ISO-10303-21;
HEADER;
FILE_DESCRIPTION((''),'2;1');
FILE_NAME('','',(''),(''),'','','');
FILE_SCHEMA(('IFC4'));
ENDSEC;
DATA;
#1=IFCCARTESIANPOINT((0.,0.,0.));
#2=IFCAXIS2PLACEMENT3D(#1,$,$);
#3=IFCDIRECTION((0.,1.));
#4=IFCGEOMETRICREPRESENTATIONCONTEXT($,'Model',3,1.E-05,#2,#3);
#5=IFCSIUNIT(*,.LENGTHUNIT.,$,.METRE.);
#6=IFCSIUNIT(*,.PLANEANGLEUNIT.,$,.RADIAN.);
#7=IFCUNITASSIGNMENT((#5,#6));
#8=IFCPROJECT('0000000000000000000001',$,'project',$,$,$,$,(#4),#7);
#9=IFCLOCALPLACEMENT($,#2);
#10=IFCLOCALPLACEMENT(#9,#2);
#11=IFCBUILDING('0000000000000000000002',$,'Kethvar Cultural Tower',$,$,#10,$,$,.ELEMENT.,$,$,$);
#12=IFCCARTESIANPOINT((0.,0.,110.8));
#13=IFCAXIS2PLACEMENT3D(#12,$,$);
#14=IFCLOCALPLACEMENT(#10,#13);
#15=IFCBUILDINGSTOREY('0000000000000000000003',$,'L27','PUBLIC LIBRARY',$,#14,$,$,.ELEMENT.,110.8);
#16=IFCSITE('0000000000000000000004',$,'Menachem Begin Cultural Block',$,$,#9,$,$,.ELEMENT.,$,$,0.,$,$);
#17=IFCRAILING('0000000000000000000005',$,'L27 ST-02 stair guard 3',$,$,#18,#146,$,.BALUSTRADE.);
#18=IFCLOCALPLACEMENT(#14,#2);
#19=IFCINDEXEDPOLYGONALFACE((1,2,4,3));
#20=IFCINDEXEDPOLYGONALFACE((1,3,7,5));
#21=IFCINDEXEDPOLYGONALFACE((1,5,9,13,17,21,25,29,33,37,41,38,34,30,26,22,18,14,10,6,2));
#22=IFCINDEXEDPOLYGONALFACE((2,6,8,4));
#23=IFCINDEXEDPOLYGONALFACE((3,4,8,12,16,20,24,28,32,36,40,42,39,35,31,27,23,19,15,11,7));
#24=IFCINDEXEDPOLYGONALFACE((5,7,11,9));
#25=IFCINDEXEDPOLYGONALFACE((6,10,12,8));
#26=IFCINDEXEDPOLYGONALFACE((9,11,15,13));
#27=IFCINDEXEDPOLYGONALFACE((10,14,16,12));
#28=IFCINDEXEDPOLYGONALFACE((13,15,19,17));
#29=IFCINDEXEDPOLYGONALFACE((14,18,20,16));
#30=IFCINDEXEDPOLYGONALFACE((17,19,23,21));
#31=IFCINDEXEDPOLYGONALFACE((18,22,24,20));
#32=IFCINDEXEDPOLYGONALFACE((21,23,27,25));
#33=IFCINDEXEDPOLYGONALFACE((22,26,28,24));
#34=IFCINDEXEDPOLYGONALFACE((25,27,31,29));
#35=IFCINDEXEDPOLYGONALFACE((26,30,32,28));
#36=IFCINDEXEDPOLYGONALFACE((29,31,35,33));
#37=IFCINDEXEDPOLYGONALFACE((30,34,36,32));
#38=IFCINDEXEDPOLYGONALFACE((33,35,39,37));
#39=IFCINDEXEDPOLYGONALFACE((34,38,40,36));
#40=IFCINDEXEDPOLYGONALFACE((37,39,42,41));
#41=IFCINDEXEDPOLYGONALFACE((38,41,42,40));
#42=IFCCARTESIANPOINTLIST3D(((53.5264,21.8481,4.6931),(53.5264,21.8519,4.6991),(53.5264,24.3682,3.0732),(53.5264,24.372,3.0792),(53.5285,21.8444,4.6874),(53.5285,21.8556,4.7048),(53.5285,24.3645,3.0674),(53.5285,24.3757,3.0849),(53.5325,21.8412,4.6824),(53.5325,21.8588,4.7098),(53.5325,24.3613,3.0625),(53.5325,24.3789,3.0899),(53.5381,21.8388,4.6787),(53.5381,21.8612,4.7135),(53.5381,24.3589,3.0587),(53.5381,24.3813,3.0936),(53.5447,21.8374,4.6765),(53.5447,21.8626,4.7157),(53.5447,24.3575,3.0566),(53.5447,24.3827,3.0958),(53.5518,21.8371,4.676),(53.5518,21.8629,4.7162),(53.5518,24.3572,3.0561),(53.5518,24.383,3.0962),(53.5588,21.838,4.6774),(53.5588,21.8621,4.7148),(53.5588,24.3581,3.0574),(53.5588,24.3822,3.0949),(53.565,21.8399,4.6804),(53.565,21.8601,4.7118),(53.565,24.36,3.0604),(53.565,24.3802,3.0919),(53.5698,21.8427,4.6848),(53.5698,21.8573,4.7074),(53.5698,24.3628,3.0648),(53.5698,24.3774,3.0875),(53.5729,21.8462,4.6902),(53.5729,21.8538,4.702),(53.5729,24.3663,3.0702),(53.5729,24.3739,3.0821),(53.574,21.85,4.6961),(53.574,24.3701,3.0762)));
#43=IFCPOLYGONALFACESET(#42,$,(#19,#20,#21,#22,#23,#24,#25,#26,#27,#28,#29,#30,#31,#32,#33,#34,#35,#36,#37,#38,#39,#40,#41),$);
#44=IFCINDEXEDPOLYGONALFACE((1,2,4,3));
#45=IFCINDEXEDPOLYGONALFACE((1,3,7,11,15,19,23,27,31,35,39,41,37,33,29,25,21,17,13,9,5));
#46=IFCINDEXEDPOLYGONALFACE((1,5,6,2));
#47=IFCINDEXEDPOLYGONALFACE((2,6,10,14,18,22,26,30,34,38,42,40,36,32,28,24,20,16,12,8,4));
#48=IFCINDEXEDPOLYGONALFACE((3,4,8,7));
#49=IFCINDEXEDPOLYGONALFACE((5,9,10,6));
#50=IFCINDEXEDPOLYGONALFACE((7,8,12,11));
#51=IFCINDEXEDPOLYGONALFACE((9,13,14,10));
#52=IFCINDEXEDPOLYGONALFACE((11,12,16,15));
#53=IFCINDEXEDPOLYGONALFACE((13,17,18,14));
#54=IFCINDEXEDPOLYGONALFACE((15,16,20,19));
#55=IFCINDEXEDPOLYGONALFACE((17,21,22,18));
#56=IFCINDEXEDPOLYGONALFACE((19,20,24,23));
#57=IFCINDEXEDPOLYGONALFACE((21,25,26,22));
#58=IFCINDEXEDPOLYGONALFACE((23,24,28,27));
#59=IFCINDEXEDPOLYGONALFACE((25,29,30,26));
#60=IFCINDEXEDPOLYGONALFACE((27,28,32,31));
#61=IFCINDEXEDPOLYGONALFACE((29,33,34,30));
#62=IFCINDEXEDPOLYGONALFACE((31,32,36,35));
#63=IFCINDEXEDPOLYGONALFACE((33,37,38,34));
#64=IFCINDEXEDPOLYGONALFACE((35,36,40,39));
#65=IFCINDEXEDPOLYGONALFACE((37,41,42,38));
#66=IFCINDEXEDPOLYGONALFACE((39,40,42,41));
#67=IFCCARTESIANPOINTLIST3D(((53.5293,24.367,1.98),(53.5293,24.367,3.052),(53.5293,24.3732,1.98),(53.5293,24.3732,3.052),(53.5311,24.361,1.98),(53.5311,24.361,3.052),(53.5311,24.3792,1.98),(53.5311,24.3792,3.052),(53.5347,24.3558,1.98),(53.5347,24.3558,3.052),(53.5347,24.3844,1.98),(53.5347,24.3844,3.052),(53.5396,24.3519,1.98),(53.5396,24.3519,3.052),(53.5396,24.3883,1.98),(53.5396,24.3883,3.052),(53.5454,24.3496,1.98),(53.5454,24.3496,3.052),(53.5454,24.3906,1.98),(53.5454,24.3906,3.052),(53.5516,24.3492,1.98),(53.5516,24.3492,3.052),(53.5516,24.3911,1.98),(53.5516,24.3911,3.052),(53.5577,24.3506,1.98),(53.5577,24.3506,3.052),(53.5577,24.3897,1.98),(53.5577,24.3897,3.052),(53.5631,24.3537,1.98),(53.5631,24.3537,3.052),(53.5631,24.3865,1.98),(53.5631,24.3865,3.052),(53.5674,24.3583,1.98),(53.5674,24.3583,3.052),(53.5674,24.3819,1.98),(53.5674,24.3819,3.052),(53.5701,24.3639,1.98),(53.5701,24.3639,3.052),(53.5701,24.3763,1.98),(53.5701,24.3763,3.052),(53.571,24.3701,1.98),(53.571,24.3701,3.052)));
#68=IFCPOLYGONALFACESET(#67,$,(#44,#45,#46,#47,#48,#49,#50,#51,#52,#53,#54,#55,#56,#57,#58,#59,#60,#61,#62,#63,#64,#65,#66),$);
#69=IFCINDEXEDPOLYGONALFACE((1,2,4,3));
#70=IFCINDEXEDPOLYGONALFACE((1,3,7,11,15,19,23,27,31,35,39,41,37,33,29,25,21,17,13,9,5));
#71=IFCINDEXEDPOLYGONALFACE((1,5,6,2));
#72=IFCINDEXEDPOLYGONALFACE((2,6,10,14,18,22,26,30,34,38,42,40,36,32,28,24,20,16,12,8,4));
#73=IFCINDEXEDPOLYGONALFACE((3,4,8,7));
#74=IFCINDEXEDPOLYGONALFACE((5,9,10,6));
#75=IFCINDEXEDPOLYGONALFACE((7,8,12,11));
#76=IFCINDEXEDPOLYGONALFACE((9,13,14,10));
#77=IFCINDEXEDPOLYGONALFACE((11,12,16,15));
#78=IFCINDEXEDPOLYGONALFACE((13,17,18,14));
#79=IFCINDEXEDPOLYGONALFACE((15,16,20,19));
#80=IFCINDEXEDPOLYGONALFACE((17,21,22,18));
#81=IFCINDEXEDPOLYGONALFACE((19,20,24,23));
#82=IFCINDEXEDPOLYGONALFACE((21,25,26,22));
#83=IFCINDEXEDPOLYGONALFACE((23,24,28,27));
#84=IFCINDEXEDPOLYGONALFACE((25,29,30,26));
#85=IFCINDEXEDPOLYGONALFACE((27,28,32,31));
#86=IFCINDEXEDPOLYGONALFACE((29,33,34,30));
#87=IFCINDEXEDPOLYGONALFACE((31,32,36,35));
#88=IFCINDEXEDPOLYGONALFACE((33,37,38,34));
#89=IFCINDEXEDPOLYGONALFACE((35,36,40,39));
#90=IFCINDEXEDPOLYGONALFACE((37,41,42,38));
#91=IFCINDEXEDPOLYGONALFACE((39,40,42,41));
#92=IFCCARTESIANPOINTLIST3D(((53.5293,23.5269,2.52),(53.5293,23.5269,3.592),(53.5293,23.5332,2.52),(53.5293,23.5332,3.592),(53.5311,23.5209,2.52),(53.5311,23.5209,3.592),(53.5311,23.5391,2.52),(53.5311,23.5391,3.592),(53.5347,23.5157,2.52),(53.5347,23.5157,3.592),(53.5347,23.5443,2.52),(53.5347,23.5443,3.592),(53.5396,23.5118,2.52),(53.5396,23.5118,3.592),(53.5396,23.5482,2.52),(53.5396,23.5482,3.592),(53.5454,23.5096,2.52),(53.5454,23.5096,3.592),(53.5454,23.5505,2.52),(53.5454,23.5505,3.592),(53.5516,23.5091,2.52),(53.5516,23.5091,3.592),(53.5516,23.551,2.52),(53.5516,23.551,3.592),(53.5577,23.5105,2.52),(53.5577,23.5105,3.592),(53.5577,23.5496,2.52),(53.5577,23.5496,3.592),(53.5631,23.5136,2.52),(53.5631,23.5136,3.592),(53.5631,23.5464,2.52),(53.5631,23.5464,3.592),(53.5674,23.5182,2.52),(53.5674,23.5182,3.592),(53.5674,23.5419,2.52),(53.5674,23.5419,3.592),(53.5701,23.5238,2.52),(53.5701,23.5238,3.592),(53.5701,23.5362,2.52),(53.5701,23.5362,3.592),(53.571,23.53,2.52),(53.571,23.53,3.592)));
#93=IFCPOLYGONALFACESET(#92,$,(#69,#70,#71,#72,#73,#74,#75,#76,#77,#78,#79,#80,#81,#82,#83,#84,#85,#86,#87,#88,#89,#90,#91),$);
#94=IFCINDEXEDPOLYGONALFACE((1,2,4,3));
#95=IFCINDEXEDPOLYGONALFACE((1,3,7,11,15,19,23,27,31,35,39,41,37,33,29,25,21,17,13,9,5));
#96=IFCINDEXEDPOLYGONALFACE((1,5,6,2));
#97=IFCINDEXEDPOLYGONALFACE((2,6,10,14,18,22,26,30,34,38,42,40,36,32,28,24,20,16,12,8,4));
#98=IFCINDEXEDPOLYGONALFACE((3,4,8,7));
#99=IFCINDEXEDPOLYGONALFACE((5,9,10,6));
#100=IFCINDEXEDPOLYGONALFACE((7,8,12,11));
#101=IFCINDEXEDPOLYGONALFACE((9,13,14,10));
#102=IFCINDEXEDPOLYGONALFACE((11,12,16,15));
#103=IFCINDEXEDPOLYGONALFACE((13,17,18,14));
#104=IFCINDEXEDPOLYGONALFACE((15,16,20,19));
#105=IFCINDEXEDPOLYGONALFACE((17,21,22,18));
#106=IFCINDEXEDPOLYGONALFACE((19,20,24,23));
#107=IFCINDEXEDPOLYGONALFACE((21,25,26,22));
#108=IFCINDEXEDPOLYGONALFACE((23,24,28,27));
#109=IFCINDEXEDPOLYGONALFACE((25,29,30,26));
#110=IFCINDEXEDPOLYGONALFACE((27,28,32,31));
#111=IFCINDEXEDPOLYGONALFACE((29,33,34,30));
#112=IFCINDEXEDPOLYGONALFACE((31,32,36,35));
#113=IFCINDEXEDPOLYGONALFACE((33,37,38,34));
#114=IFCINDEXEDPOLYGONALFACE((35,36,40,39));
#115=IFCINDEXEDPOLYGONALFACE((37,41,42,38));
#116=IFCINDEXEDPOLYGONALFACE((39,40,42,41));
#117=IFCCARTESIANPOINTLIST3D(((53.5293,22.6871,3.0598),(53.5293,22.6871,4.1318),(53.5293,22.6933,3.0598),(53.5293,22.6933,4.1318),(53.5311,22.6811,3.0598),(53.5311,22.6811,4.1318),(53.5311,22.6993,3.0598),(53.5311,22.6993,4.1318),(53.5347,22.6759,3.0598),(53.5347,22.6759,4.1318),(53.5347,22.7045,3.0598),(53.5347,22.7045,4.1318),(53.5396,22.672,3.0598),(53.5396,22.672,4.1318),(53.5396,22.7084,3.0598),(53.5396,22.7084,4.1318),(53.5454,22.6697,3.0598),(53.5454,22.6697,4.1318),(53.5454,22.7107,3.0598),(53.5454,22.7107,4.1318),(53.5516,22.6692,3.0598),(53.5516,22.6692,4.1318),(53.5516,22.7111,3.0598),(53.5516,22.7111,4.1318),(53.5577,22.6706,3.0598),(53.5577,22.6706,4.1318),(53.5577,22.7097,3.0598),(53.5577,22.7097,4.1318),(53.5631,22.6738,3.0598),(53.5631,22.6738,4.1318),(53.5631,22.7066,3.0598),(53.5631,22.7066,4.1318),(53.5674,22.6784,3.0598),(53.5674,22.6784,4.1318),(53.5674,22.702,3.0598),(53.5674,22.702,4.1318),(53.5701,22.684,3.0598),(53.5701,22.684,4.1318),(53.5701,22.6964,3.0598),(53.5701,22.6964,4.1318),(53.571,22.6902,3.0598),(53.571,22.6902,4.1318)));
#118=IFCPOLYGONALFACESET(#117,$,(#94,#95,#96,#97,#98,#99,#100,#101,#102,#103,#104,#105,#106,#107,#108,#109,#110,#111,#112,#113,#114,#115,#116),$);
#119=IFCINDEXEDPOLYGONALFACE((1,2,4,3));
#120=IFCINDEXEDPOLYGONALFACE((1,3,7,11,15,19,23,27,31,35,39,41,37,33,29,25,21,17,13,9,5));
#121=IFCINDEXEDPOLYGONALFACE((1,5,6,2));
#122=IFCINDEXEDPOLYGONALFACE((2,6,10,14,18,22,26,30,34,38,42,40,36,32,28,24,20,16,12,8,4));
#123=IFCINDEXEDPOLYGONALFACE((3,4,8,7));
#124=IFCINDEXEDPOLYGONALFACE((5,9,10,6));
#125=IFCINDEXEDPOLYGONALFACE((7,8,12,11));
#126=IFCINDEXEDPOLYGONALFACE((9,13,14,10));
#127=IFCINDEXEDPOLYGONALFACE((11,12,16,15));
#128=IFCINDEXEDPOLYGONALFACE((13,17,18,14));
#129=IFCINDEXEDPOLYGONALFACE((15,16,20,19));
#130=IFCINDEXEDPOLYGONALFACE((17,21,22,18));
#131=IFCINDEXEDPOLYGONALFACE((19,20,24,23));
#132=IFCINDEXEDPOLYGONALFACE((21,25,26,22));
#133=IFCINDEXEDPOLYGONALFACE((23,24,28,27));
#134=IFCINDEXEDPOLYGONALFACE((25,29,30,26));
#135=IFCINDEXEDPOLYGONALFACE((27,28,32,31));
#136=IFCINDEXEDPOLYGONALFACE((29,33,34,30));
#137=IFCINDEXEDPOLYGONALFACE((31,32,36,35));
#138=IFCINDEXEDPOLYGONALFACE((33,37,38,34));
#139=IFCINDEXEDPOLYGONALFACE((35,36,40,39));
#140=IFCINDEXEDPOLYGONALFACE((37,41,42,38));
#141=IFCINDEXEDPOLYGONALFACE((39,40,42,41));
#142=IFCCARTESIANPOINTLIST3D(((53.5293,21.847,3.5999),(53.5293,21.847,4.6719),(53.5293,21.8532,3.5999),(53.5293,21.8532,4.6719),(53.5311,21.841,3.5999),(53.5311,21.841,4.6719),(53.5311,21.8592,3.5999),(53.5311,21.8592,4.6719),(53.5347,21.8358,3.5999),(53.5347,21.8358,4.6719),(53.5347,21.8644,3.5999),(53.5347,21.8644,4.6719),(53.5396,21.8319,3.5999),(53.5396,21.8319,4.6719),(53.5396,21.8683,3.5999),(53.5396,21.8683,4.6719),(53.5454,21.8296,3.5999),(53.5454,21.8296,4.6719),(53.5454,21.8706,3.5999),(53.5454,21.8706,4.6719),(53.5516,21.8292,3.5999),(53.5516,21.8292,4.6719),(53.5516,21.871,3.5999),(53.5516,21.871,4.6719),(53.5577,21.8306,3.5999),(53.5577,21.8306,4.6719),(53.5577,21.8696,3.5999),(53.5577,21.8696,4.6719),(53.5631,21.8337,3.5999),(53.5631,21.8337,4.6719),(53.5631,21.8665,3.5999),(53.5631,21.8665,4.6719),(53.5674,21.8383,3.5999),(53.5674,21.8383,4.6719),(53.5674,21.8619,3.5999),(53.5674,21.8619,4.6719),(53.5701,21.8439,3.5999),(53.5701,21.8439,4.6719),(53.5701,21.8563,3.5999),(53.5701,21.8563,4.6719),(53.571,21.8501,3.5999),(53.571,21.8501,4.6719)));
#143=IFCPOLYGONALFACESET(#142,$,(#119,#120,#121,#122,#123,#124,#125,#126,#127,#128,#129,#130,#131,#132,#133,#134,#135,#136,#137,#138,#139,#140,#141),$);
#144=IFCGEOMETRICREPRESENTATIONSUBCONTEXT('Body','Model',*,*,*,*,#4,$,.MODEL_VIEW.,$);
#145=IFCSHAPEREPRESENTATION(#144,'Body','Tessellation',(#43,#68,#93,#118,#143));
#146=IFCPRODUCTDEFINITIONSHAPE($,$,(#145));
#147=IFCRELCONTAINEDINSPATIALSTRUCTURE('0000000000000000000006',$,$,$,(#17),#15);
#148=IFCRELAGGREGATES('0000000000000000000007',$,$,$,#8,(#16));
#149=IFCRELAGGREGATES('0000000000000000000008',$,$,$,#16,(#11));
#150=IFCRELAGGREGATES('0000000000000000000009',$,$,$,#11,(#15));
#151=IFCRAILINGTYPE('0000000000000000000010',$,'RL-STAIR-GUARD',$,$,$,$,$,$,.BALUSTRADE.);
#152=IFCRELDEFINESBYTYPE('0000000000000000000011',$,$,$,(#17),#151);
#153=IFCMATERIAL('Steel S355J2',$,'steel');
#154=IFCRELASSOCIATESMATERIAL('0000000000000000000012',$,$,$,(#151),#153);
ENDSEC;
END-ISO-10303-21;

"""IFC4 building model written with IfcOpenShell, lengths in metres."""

from ifc_helpers import new_model, si_unit, direction, frame, origin, origin_2d, place, context, subcontext, project, spatial, circle, extrude, material, type_object, element, save


model = new_model("IFC4")

# Units and contexts
model_context = context("Model", 3, precision=1e-05, world=origin(), true_north=direction((0.0, 1.0)))
body_context = subcontext(model_context, "Body", "Model", "MODEL_VIEW")
ifc_project = project(units=[si_unit("LENGTHUNIT", "METRE"), si_unit("PLANEANGLEUNIT", "RADIAN")], contexts=[model_context])

# Site, building, storey
site_placement = place(None, origin())
site = spatial("IfcSite", under=ifc_project, at=site_placement, Name="Menachem Begin Cultural Block", CompositionType="ELEMENT", RefElevation=0.0)
building_placement = place(site_placement, origin())
building = spatial("IfcBuilding", under=site, at=building_placement, Name="Kethvar Cultural Tower", CompositionType="ELEMENT")
storey_placement = place(building_placement, frame((0.0, 0.0, 110.8)))
storey = spatial("IfcBuildingStorey", under=building, at=storey_placement, Name="L27", Description="PUBLIC LIBRARY", CompositionType="ELEMENT", Elevation=110.8)

# Shared definitions
ifc_material_1 = material(Name="Steel S355J2", Category="steel")

# Railing
railing_type_1 = type_object("IfcRailingType", Name="RL-STAIR-GUARD", PredefinedType="BALUSTRADE", material=ifc_material_1)
railing_1_placement = place(storey_placement, frame((53.55, 24.3701, 1.98)))
element("IfcRailing", 1, at=railing_1_placement, inside=storey, type_object=railing_type_1, Name="L27 ST-02 stair guard 3", PredefinedType="BALUSTRADE", context=body_context, shape_type="SweptSolid", body=[
    extrude(circle(Radius=0.0239, at=origin_2d()), frame((0.0, 0.0, 1.0962), z_axis=(0.0, -0.8412, 0.540725), x_axis=(1.0, 0.0, 0.0)), (0.0, 0.0, 1.0), 2.9958),
    extrude(circle(Radius=0.021, at=origin_2d()), origin(), (0.0, 0.0, 1.0), 1.072),
    extrude(circle(Radius=0.021, at=origin_2d()), frame((0.0, -0.8401, 0.54)), (0.0, 0.0, 1.0), 1.072),
    extrude(circle(Radius=0.021, at=origin_2d()), frame((0.0, -1.6799, 1.0798)), (0.0, 0.0, 1.0), 1.072),
    extrude(circle(Radius=0.021, at=origin_2d()), frame((0.0, -2.52, 1.6199)), (0.0, 0.0, 1.0), 1.072),
])

save(model, "model.ifc")
